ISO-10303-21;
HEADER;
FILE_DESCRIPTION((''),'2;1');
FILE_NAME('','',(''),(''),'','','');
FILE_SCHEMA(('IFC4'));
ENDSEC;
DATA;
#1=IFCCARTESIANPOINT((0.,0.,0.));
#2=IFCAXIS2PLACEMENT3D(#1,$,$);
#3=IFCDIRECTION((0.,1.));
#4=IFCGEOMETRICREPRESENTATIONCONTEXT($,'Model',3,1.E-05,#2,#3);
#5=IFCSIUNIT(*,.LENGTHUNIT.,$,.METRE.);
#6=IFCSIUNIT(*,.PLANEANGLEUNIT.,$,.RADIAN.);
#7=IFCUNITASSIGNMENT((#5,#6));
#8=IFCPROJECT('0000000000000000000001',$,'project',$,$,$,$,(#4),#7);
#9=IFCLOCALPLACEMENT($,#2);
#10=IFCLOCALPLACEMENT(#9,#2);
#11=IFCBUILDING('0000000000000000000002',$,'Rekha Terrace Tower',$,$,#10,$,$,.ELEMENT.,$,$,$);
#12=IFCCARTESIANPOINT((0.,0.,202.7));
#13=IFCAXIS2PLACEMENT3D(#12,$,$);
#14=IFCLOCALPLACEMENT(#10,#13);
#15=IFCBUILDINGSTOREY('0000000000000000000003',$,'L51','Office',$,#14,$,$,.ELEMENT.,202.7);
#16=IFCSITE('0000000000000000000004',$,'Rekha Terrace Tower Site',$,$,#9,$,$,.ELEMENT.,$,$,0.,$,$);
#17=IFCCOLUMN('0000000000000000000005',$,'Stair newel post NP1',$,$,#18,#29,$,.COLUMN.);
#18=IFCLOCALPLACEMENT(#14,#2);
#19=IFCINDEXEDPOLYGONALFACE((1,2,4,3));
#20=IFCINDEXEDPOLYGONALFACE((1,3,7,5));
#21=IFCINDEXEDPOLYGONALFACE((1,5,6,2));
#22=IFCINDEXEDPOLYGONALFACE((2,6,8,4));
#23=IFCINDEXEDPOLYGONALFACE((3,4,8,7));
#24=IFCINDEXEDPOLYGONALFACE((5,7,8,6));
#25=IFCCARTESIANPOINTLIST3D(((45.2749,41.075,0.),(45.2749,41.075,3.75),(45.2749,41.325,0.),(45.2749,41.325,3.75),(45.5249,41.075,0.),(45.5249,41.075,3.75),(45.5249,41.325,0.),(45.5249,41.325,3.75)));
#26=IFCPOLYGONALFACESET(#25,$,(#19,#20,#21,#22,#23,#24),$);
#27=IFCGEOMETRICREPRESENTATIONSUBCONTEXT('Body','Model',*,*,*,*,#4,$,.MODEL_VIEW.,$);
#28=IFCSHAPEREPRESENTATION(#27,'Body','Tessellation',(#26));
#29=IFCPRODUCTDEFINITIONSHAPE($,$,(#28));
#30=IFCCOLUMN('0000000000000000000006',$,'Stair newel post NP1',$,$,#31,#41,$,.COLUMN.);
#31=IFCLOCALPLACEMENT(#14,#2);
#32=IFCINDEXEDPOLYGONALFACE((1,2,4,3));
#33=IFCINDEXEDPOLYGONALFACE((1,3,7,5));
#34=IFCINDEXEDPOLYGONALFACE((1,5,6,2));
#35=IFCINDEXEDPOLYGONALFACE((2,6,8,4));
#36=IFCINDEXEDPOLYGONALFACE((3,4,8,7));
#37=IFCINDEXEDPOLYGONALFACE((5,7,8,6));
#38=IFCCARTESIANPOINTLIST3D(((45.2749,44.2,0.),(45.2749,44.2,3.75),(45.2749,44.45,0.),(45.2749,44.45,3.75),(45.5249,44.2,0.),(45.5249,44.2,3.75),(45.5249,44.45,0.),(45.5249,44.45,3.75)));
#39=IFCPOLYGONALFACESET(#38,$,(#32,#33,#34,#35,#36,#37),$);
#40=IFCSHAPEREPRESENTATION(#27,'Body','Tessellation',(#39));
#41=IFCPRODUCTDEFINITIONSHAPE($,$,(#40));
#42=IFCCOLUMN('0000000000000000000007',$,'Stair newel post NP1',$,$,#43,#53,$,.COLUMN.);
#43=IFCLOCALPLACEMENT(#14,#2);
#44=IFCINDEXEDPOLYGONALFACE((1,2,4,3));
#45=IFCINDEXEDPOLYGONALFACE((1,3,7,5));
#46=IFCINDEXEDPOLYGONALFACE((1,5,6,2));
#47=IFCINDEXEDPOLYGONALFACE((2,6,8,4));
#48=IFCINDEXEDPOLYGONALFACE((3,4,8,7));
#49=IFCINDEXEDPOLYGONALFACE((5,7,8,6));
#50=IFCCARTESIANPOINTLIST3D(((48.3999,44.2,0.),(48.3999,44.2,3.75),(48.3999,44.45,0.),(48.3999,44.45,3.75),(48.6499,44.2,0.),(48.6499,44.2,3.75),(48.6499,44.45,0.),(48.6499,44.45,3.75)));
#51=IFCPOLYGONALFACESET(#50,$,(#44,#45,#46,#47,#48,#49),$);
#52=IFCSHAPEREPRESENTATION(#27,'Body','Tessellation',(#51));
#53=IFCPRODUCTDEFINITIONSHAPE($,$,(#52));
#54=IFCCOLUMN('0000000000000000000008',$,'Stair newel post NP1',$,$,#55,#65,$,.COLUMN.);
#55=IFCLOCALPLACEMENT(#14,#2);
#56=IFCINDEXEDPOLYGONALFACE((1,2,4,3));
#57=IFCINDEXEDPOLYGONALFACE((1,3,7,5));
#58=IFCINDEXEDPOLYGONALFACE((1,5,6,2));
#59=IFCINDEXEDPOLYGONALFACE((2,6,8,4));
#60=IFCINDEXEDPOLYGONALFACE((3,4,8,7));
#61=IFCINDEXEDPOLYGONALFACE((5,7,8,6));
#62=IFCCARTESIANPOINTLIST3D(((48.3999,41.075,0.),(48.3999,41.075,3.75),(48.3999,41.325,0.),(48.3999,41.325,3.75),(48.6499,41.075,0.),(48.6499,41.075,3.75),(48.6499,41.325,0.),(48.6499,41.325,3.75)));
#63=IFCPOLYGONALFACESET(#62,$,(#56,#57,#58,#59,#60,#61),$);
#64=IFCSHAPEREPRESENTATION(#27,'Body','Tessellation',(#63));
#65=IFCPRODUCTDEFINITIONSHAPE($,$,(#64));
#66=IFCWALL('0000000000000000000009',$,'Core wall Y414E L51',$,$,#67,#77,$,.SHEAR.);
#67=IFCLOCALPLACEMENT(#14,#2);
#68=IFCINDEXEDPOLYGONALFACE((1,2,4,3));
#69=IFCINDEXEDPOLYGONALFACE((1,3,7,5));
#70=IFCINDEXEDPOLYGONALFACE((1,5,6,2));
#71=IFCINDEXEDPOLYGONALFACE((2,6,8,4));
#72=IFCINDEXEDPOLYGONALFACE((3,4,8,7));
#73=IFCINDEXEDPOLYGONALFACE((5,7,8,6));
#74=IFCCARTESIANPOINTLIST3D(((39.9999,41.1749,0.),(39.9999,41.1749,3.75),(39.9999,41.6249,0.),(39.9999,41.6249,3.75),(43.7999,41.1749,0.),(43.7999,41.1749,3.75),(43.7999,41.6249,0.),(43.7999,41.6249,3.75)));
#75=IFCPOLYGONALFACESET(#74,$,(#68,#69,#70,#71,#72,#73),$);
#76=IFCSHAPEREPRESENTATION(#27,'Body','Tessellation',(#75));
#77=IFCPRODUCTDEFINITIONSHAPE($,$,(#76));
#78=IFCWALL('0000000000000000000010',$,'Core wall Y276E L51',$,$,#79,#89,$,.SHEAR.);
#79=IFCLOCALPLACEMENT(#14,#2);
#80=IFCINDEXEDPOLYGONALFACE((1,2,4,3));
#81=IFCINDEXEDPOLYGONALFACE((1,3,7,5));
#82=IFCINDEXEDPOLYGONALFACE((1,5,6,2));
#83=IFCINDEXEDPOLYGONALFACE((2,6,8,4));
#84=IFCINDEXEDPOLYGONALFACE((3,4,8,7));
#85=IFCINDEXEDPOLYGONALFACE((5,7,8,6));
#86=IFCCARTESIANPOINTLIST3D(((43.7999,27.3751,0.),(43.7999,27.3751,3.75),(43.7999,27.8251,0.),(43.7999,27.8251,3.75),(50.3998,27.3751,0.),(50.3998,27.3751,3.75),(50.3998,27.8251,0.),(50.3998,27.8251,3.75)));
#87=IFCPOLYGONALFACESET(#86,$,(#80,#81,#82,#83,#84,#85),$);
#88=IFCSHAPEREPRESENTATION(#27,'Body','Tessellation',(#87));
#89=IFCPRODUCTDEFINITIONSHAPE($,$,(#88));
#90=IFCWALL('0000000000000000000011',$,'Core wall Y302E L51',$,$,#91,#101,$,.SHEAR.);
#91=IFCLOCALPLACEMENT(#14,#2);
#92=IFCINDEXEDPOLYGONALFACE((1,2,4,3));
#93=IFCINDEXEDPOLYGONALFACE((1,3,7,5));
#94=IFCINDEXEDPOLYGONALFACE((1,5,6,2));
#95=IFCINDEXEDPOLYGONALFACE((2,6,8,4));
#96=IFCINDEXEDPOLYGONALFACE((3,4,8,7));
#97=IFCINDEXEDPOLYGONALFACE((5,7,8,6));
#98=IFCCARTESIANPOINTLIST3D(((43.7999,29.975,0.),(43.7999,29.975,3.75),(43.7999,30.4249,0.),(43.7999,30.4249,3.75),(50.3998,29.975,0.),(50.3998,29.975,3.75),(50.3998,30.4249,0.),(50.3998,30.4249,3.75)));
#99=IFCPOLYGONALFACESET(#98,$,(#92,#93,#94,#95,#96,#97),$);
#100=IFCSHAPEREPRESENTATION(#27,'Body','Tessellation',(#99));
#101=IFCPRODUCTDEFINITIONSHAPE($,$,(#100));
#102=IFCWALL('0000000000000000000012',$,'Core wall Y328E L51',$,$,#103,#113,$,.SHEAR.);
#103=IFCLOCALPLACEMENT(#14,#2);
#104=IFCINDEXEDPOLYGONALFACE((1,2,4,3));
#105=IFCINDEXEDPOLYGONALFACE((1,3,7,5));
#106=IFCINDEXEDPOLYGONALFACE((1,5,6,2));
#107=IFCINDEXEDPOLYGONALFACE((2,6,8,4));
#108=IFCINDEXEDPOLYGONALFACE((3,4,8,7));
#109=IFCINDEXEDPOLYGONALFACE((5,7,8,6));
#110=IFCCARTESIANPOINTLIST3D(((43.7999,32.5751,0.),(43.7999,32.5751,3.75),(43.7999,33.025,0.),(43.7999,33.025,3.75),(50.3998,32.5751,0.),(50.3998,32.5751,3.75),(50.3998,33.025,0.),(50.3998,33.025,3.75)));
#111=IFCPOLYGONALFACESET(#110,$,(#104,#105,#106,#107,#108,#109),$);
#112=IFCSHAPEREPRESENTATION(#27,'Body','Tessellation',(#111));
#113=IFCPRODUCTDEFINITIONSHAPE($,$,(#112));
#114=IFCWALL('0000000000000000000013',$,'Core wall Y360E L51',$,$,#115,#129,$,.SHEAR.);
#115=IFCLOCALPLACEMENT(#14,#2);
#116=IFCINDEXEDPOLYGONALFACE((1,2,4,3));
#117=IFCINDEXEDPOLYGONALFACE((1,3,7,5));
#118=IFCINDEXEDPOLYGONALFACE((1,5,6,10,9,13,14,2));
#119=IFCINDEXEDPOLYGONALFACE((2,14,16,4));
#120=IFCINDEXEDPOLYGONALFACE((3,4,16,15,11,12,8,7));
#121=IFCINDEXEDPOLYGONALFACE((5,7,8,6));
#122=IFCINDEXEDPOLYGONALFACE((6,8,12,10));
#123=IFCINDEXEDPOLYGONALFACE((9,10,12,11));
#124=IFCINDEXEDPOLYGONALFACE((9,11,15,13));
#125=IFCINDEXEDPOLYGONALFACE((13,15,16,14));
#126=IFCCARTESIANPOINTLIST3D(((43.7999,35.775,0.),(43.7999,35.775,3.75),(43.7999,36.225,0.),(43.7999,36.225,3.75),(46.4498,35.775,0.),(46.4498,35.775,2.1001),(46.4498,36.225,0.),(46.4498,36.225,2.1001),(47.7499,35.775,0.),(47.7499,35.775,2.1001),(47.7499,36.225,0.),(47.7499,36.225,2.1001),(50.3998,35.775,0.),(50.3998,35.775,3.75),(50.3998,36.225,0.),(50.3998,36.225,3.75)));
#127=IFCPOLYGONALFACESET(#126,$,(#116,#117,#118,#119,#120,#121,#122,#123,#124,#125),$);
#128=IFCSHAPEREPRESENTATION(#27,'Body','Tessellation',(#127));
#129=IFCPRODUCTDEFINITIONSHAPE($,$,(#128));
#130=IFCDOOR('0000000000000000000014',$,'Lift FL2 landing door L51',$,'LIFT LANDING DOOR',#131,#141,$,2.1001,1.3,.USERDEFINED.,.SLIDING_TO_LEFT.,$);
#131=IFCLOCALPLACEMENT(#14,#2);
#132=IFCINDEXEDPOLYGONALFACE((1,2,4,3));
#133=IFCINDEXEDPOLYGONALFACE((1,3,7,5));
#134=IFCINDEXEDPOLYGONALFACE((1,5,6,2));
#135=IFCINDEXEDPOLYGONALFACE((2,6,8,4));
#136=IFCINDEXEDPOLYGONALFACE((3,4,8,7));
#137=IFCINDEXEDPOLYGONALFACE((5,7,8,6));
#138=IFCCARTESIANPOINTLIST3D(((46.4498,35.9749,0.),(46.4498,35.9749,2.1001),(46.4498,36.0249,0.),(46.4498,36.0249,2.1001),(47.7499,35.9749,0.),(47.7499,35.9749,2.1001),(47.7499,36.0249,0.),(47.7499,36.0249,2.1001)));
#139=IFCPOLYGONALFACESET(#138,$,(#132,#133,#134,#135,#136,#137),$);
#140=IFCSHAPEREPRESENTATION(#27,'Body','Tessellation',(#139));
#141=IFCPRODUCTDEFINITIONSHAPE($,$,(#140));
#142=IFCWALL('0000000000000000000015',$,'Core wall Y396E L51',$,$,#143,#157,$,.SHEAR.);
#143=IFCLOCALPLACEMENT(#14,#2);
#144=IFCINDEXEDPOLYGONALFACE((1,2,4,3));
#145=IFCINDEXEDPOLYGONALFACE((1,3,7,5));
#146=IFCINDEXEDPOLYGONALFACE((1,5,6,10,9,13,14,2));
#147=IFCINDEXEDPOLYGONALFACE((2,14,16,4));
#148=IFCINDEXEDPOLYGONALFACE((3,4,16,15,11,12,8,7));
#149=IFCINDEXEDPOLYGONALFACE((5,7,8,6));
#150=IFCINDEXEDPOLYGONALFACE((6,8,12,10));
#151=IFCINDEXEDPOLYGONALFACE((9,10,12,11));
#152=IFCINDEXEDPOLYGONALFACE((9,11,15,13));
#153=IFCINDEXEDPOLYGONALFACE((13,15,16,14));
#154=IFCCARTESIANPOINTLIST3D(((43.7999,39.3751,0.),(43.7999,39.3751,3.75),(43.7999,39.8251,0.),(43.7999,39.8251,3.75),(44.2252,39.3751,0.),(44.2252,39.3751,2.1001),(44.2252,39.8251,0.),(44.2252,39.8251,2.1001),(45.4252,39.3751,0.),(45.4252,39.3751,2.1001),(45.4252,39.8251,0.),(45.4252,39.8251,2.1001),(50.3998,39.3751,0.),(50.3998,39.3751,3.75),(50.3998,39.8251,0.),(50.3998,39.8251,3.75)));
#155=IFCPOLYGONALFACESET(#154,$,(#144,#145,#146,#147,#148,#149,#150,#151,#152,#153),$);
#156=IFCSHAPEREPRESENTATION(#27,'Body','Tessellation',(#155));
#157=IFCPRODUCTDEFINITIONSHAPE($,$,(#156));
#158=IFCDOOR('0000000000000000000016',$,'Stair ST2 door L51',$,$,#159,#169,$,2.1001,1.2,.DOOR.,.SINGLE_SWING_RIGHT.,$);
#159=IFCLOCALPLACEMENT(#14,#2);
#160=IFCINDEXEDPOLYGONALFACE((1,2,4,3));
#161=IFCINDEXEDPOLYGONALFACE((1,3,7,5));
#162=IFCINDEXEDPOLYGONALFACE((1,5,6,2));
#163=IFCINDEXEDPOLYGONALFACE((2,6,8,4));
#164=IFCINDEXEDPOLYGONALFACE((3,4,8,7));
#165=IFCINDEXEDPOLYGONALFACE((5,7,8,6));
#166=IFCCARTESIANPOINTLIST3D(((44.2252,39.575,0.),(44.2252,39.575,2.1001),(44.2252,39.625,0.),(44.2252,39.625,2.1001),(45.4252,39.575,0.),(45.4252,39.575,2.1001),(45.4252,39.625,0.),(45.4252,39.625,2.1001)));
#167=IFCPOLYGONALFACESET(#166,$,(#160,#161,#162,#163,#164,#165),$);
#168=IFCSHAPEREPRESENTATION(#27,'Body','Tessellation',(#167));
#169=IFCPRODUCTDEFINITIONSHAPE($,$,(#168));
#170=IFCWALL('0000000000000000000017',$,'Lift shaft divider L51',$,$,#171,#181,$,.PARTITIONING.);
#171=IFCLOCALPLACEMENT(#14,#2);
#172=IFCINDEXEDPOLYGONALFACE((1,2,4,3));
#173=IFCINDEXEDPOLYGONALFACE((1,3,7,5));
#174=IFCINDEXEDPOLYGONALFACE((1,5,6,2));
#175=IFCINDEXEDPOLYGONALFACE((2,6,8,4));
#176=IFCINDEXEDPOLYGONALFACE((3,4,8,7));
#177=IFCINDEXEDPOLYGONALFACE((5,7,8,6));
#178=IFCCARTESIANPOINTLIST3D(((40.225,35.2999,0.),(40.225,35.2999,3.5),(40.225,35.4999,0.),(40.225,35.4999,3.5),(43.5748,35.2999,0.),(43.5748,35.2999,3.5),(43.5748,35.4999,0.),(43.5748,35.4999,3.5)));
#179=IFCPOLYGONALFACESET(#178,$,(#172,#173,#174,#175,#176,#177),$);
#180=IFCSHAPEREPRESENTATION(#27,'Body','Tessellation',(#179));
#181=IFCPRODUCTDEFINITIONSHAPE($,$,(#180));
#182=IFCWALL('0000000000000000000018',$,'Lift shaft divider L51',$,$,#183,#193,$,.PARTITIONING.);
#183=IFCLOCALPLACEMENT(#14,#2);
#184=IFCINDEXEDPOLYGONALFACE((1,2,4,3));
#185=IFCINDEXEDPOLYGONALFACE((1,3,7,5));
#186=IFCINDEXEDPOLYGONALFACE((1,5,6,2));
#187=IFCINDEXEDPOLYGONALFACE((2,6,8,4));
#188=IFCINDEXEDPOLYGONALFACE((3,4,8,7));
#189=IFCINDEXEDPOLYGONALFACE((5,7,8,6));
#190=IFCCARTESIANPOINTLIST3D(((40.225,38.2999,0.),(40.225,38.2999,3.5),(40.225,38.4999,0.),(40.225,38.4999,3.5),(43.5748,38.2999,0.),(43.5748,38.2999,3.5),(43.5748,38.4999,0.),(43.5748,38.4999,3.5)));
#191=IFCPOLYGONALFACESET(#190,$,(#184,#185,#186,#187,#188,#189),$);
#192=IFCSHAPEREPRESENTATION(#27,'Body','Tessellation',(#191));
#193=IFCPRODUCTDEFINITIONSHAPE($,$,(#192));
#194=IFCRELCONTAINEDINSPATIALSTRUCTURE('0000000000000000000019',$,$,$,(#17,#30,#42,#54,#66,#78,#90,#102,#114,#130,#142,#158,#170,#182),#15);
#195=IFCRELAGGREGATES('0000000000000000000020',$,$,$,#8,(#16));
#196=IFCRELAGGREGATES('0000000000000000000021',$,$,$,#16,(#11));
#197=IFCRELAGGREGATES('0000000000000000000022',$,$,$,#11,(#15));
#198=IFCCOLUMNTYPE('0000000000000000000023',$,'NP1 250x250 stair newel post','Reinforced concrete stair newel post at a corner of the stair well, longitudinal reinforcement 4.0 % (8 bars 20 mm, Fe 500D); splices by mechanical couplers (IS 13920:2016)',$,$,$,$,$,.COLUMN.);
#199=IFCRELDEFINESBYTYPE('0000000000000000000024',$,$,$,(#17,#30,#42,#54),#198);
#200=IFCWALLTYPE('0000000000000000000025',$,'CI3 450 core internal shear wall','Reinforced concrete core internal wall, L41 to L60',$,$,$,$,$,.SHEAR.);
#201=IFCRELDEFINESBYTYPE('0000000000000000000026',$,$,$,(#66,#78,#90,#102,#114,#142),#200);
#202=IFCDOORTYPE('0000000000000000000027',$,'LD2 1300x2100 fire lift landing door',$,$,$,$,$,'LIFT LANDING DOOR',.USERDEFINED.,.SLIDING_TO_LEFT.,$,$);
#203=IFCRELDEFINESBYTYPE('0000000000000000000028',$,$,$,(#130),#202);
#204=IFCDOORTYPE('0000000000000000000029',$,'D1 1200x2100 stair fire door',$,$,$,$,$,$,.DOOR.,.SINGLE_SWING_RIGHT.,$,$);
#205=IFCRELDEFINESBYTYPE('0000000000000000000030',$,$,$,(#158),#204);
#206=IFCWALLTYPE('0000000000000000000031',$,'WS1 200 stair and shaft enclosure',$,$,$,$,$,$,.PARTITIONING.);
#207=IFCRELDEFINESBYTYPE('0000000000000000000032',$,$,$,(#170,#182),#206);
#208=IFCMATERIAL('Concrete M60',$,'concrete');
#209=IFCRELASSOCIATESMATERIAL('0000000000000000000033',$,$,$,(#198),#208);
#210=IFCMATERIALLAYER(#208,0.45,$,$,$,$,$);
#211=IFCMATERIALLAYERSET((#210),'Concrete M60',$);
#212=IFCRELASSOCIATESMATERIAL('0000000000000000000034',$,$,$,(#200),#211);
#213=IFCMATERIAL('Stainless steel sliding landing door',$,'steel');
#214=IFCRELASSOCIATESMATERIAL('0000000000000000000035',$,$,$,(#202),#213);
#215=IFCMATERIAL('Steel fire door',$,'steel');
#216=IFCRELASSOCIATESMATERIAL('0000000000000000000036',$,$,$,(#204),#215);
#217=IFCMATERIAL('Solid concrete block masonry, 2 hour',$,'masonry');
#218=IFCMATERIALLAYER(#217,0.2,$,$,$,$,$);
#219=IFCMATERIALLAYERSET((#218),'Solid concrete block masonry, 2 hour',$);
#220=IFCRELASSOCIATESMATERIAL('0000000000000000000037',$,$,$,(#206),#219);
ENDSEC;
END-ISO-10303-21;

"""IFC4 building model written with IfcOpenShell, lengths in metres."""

from ifc_helpers import new_model, si_unit, direction, frame, frame_2d, origin, origin_2d, place, context, subcontext, project, spatial, rectangle, extrude, material, layer, layer_set, material_profile, profile_set, type_object, element, fill, save


model = new_model("IFC4")

# Units and contexts
model_context = context("Model", 3, precision=1e-05, world=origin(), true_north=direction((0.0, 1.0)))
body_context = subcontext(model_context, "Body", "Model", "MODEL_VIEW")
ifc_project = project(units=[si_unit("LENGTHUNIT", "METRE"), si_unit("PLANEANGLEUNIT", "RADIAN")], contexts=[model_context])

# Site, building, storey
site_placement = place(None, origin())
site = spatial("IfcSite", under=ifc_project, at=site_placement, Name="Rekha Terrace Tower Site", CompositionType="ELEMENT", RefElevation=0.0)
building_placement = place(site_placement, origin())
building = spatial("IfcBuilding", under=site, at=building_placement, Name="Rekha Terrace Tower", CompositionType="ELEMENT")
storey_placement = place(building_placement, frame((0.0, 0.0, 202.7)))
storey = spatial("IfcBuildingStorey", under=building, at=storey_placement, Name="L51", Description="Office", CompositionType="ELEMENT", Elevation=202.7)

# Columns
ifc_material_1 = material(Name="Concrete M60", Category="concrete")
ifc_material_profile = material_profile(ifc_material_1, rectangle(XDim=0.25, YDim=0.25, at=origin_2d()), Name="RC 250x250")
ifc_profile_set = profile_set([ifc_material_profile], Name="Concrete M60")
column_type = type_object("IfcColumnType", Name="NP1 250x250 stair newel post", Description="Reinforced concrete stair newel post at a corner of the stair well, longitudinal reinforcement 4.0 % (8 bars 20 mm, Fe 500D); splices by mechanical couplers (IS 13920:2016)", PredefinedType="COLUMN", material=ifc_profile_set)
for number, where, z_axis, x_axis, name in (
    (1, (45.3999, 41.2, 0.0), (0.0, 0.0, 1.0), (1.0, 0.0, 0.0), "Stair newel post NP1"),
    (2, (45.3999, 44.325, 0.0), (0.0, 0.0, 1.0), (1.0, 0.0, 0.0), "Stair newel post NP1"),
    (3, (48.5249, 44.325, 0.0), (0.0, 0.0, 1.0), (1.0, 0.0, 0.0), "Stair newel post NP1"),
    (4, (48.5249, 41.2, 0.0), (0.0, 0.0, 1.0), (1.0, 0.0, 0.0), "Stair newel post NP1"),
):
    element("IfcColumn", number, at=place(storey_placement, frame(where, z_axis=z_axis, x_axis=x_axis)), inside=storey, type_object=column_type, Name=name, PredefinedType="COLUMN", context=body_context, shape_type="SweptSolid", body=[
        extrude(rectangle(XDim=0.25, YDim=0.25, at=origin_2d()), origin(), (0.0, 0.0, 1.0), 3.75),
    ])

# Walls
ifc_layer_1 = layer(ifc_material_1, 0.45)
ifc_layer_set_1 = layer_set([ifc_layer_1], Name="Concrete M60")
wall_type_1 = type_object("IfcWallType", Name="CI3 450 core internal shear wall", Description="Reinforced concrete core internal wall, L41 to L60", PredefinedType="SHEAR", material=ifc_layer_set_1)
wall_1_placement = place(storey_placement, frame((40.0, 41.3999, 0.0), z_axis=(0.0, 0.0, 1.0), x_axis=(1.0, 0.0, 0.0)))
element("IfcWall", 5, at=wall_1_placement, inside=storey, type_object=wall_type_1, Name="Core wall Y414E L51", PredefinedType="SHEAR", context=body_context, shape_type="SweptSolid", body=[
    extrude(rectangle(XDim=3.8, YDim=0.45, at=frame_2d((1.8999, 0.0))), origin(), (0.0, 0.0, 1.0), 3.75),
])
for number, where, z_axis, x_axis, name in (
    (6, (43.8, 27.6001, 0.0), (0.0, 0.0, 1.0), (1.0, 0.0, 0.0), "Core wall Y276E L51"),
    (7, (43.8, 30.2, 0.0), (0.0, 0.0, 1.0), (1.0, 0.0, 0.0), "Core wall Y302E L51"),
    (8, (43.8, 32.8, 0.0), (0.0, 0.0, 1.0), (1.0, 0.0, 0.0), "Core wall Y328E L51"),
):
    element("IfcWall", number, at=place(storey_placement, frame(where, z_axis=z_axis, x_axis=x_axis)), inside=storey, type_object=wall_type_1, Name=name, PredefinedType="SHEAR", context=body_context, shape_type="SweptSolid", body=[
        extrude(rectangle(XDim=6.5999, YDim=0.45, at=frame_2d((3.2998, 0.0))), origin(), (0.0, 0.0, 1.0), 3.75),
    ])

# Walls, openings, doors
wall_2_placement = place(storey_placement, frame((43.8, 36.0, 0.0), z_axis=(0.0, 0.0, 1.0), x_axis=(1.0, 0.0, 0.0)))
wall_2 = element("IfcWall", 9, at=wall_2_placement, inside=storey, type_object=wall_type_1, Name="Core wall Y360E L51", PredefinedType="SHEAR", context=body_context, shape_type="SweptSolid", body=[
    extrude(rectangle(XDim=6.5999, YDim=0.45, at=frame_2d((3.2998, 0.0))), origin(), (0.0, 0.0, 1.0), 3.75),
])
opening_1_placement = place(wall_2_placement, frame((2.6499, 0.0, 0.0)))
opening_1 = element("IfcOpeningElement", 10, at=opening_1_placement, cuts=wall_2, PredefinedType="OPENING", context=body_context, shape_type="SweptSolid", body=[
    extrude(rectangle(XDim=1.3, YDim=2.1001, at=frame_2d((0.6499, 1.05))), frame((0.0, 0.2349, 0.0), z_axis=(0.0, -1.0, 0.0), x_axis=(1.0, 0.0, 0.0)), (0.0, 0.0, 1.0), 0.47),
])
ifc_material_2 = material(Name="Stainless steel sliding landing door", Category="steel")
door_type_1 = type_object("IfcDoorType", Name="LD2 1300x2100 fire lift landing door", ElementType="LIFT LANDING DOOR", OperationType="SLIDING_TO_LEFT", PredefinedType="USERDEFINED", material=ifc_material_2)
door_1_placement = place(opening_1_placement, origin())
door_1 = element("IfcDoor", 11, at=door_1_placement, inside=storey, type_object=door_type_1, Name="Lift FL2 landing door L51", ObjectType="LIFT LANDING DOOR", OperationType="SLIDING_TO_LEFT", OverallHeight=2.1001, OverallWidth=1.3, PredefinedType="USERDEFINED", context=body_context, shape_type="SweptSolid", body=[
    extrude(rectangle(XDim=1.3, YDim=2.1001, at=frame_2d((0.6499, 1.05))), frame((0.0, 0.0249, 0.0), z_axis=(0.0, -1.0, 0.0), x_axis=(1.0, 0.0, 0.0)), (0.0, 0.0, 1.0), 0.05),
])
fill(opening_1, door_1)
wall_3_placement = place(storey_placement, frame((43.8, 39.6001, 0.0), z_axis=(0.0, 0.0, 1.0), x_axis=(1.0, 0.0, 0.0)))
wall_3 = element("IfcWall", 12, at=wall_3_placement, inside=storey, type_object=wall_type_1, Name="Core wall Y396E L51", PredefinedType="SHEAR", context=body_context, shape_type="SweptSolid", body=[
    extrude(rectangle(XDim=6.5999, YDim=0.45, at=frame_2d((3.2998, 0.0))), origin(), (0.0, 0.0, 1.0), 3.75),
])
opening_2_placement = place(wall_3_placement, frame((0.425, 0.0, 0.0)))
opening_2 = element("IfcOpeningElement", 13, at=opening_2_placement, cuts=wall_3, PredefinedType="OPENING", context=body_context, shape_type="SweptSolid", body=[
    extrude(rectangle(XDim=1.2, YDim=2.1001, at=frame_2d((0.6001, 1.05))), frame((0.0, 0.2349, 0.0), z_axis=(0.0, -1.0, 0.0), x_axis=(1.0, 0.0, 0.0)), (0.0, 0.0, 1.0), 0.47),
])
ifc_material_3 = material(Name="Steel fire door", Category="steel")
door_type_2 = type_object("IfcDoorType", Name="D1 1200x2100 stair fire door", OperationType="SINGLE_SWING_RIGHT", PredefinedType="DOOR", material=ifc_material_3)
door_2_placement = place(opening_2_placement, origin())
door_2 = element("IfcDoor", 14, at=door_2_placement, inside=storey, type_object=door_type_2, Name="Stair ST2 door L51", OperationType="SINGLE_SWING_RIGHT", OverallHeight=2.1001, OverallWidth=1.2, PredefinedType="DOOR", context=body_context, shape_type="SweptSolid", body=[
    extrude(rectangle(XDim=1.2, YDim=2.1001, at=frame_2d((0.6001, 1.05))), frame((0.0, 0.0249, 0.0), z_axis=(0.0, -1.0, 0.0), x_axis=(1.0, 0.0, 0.0)), (0.0, 0.0, 1.0), 0.05),
])
fill(opening_2, door_2)

# Walls
ifc_material_4 = material(Name="Solid concrete block masonry, 2 hour", Category="masonry")
ifc_layer_2 = layer(ifc_material_4, 0.2)
ifc_layer_set_2 = layer_set([ifc_layer_2], Name="Solid concrete block masonry, 2 hour")
wall_type_2 = type_object("IfcWallType", Name="WS1 200 stair and shaft enclosure", PredefinedType="PARTITIONING", material=ifc_layer_set_2)
for number, where, z_axis, x_axis, name in (
    (15, (40.2251, 35.3999, 0.0), (0.0, 0.0, 1.0), (1.0, 0.0, 0.0), "Lift shaft divider L51"),
    (16, (40.2251, 38.3999, 0.0), (0.0, 0.0, 1.0), (1.0, 0.0, 0.0), "Lift shaft divider L51"),
):
    element("IfcWall", number, at=place(storey_placement, frame(where, z_axis=z_axis, x_axis=x_axis)), inside=storey, type_object=wall_type_2, Name=name, PredefinedType="PARTITIONING", context=body_context, shape_type="SweptSolid", body=[
        extrude(rectangle(XDim=3.3499, YDim=0.2, at=frame_2d((1.6748, 0.0))), origin(), (0.0, 0.0, 1.0), 3.5),
    ])

save(model, "model.ifc")
